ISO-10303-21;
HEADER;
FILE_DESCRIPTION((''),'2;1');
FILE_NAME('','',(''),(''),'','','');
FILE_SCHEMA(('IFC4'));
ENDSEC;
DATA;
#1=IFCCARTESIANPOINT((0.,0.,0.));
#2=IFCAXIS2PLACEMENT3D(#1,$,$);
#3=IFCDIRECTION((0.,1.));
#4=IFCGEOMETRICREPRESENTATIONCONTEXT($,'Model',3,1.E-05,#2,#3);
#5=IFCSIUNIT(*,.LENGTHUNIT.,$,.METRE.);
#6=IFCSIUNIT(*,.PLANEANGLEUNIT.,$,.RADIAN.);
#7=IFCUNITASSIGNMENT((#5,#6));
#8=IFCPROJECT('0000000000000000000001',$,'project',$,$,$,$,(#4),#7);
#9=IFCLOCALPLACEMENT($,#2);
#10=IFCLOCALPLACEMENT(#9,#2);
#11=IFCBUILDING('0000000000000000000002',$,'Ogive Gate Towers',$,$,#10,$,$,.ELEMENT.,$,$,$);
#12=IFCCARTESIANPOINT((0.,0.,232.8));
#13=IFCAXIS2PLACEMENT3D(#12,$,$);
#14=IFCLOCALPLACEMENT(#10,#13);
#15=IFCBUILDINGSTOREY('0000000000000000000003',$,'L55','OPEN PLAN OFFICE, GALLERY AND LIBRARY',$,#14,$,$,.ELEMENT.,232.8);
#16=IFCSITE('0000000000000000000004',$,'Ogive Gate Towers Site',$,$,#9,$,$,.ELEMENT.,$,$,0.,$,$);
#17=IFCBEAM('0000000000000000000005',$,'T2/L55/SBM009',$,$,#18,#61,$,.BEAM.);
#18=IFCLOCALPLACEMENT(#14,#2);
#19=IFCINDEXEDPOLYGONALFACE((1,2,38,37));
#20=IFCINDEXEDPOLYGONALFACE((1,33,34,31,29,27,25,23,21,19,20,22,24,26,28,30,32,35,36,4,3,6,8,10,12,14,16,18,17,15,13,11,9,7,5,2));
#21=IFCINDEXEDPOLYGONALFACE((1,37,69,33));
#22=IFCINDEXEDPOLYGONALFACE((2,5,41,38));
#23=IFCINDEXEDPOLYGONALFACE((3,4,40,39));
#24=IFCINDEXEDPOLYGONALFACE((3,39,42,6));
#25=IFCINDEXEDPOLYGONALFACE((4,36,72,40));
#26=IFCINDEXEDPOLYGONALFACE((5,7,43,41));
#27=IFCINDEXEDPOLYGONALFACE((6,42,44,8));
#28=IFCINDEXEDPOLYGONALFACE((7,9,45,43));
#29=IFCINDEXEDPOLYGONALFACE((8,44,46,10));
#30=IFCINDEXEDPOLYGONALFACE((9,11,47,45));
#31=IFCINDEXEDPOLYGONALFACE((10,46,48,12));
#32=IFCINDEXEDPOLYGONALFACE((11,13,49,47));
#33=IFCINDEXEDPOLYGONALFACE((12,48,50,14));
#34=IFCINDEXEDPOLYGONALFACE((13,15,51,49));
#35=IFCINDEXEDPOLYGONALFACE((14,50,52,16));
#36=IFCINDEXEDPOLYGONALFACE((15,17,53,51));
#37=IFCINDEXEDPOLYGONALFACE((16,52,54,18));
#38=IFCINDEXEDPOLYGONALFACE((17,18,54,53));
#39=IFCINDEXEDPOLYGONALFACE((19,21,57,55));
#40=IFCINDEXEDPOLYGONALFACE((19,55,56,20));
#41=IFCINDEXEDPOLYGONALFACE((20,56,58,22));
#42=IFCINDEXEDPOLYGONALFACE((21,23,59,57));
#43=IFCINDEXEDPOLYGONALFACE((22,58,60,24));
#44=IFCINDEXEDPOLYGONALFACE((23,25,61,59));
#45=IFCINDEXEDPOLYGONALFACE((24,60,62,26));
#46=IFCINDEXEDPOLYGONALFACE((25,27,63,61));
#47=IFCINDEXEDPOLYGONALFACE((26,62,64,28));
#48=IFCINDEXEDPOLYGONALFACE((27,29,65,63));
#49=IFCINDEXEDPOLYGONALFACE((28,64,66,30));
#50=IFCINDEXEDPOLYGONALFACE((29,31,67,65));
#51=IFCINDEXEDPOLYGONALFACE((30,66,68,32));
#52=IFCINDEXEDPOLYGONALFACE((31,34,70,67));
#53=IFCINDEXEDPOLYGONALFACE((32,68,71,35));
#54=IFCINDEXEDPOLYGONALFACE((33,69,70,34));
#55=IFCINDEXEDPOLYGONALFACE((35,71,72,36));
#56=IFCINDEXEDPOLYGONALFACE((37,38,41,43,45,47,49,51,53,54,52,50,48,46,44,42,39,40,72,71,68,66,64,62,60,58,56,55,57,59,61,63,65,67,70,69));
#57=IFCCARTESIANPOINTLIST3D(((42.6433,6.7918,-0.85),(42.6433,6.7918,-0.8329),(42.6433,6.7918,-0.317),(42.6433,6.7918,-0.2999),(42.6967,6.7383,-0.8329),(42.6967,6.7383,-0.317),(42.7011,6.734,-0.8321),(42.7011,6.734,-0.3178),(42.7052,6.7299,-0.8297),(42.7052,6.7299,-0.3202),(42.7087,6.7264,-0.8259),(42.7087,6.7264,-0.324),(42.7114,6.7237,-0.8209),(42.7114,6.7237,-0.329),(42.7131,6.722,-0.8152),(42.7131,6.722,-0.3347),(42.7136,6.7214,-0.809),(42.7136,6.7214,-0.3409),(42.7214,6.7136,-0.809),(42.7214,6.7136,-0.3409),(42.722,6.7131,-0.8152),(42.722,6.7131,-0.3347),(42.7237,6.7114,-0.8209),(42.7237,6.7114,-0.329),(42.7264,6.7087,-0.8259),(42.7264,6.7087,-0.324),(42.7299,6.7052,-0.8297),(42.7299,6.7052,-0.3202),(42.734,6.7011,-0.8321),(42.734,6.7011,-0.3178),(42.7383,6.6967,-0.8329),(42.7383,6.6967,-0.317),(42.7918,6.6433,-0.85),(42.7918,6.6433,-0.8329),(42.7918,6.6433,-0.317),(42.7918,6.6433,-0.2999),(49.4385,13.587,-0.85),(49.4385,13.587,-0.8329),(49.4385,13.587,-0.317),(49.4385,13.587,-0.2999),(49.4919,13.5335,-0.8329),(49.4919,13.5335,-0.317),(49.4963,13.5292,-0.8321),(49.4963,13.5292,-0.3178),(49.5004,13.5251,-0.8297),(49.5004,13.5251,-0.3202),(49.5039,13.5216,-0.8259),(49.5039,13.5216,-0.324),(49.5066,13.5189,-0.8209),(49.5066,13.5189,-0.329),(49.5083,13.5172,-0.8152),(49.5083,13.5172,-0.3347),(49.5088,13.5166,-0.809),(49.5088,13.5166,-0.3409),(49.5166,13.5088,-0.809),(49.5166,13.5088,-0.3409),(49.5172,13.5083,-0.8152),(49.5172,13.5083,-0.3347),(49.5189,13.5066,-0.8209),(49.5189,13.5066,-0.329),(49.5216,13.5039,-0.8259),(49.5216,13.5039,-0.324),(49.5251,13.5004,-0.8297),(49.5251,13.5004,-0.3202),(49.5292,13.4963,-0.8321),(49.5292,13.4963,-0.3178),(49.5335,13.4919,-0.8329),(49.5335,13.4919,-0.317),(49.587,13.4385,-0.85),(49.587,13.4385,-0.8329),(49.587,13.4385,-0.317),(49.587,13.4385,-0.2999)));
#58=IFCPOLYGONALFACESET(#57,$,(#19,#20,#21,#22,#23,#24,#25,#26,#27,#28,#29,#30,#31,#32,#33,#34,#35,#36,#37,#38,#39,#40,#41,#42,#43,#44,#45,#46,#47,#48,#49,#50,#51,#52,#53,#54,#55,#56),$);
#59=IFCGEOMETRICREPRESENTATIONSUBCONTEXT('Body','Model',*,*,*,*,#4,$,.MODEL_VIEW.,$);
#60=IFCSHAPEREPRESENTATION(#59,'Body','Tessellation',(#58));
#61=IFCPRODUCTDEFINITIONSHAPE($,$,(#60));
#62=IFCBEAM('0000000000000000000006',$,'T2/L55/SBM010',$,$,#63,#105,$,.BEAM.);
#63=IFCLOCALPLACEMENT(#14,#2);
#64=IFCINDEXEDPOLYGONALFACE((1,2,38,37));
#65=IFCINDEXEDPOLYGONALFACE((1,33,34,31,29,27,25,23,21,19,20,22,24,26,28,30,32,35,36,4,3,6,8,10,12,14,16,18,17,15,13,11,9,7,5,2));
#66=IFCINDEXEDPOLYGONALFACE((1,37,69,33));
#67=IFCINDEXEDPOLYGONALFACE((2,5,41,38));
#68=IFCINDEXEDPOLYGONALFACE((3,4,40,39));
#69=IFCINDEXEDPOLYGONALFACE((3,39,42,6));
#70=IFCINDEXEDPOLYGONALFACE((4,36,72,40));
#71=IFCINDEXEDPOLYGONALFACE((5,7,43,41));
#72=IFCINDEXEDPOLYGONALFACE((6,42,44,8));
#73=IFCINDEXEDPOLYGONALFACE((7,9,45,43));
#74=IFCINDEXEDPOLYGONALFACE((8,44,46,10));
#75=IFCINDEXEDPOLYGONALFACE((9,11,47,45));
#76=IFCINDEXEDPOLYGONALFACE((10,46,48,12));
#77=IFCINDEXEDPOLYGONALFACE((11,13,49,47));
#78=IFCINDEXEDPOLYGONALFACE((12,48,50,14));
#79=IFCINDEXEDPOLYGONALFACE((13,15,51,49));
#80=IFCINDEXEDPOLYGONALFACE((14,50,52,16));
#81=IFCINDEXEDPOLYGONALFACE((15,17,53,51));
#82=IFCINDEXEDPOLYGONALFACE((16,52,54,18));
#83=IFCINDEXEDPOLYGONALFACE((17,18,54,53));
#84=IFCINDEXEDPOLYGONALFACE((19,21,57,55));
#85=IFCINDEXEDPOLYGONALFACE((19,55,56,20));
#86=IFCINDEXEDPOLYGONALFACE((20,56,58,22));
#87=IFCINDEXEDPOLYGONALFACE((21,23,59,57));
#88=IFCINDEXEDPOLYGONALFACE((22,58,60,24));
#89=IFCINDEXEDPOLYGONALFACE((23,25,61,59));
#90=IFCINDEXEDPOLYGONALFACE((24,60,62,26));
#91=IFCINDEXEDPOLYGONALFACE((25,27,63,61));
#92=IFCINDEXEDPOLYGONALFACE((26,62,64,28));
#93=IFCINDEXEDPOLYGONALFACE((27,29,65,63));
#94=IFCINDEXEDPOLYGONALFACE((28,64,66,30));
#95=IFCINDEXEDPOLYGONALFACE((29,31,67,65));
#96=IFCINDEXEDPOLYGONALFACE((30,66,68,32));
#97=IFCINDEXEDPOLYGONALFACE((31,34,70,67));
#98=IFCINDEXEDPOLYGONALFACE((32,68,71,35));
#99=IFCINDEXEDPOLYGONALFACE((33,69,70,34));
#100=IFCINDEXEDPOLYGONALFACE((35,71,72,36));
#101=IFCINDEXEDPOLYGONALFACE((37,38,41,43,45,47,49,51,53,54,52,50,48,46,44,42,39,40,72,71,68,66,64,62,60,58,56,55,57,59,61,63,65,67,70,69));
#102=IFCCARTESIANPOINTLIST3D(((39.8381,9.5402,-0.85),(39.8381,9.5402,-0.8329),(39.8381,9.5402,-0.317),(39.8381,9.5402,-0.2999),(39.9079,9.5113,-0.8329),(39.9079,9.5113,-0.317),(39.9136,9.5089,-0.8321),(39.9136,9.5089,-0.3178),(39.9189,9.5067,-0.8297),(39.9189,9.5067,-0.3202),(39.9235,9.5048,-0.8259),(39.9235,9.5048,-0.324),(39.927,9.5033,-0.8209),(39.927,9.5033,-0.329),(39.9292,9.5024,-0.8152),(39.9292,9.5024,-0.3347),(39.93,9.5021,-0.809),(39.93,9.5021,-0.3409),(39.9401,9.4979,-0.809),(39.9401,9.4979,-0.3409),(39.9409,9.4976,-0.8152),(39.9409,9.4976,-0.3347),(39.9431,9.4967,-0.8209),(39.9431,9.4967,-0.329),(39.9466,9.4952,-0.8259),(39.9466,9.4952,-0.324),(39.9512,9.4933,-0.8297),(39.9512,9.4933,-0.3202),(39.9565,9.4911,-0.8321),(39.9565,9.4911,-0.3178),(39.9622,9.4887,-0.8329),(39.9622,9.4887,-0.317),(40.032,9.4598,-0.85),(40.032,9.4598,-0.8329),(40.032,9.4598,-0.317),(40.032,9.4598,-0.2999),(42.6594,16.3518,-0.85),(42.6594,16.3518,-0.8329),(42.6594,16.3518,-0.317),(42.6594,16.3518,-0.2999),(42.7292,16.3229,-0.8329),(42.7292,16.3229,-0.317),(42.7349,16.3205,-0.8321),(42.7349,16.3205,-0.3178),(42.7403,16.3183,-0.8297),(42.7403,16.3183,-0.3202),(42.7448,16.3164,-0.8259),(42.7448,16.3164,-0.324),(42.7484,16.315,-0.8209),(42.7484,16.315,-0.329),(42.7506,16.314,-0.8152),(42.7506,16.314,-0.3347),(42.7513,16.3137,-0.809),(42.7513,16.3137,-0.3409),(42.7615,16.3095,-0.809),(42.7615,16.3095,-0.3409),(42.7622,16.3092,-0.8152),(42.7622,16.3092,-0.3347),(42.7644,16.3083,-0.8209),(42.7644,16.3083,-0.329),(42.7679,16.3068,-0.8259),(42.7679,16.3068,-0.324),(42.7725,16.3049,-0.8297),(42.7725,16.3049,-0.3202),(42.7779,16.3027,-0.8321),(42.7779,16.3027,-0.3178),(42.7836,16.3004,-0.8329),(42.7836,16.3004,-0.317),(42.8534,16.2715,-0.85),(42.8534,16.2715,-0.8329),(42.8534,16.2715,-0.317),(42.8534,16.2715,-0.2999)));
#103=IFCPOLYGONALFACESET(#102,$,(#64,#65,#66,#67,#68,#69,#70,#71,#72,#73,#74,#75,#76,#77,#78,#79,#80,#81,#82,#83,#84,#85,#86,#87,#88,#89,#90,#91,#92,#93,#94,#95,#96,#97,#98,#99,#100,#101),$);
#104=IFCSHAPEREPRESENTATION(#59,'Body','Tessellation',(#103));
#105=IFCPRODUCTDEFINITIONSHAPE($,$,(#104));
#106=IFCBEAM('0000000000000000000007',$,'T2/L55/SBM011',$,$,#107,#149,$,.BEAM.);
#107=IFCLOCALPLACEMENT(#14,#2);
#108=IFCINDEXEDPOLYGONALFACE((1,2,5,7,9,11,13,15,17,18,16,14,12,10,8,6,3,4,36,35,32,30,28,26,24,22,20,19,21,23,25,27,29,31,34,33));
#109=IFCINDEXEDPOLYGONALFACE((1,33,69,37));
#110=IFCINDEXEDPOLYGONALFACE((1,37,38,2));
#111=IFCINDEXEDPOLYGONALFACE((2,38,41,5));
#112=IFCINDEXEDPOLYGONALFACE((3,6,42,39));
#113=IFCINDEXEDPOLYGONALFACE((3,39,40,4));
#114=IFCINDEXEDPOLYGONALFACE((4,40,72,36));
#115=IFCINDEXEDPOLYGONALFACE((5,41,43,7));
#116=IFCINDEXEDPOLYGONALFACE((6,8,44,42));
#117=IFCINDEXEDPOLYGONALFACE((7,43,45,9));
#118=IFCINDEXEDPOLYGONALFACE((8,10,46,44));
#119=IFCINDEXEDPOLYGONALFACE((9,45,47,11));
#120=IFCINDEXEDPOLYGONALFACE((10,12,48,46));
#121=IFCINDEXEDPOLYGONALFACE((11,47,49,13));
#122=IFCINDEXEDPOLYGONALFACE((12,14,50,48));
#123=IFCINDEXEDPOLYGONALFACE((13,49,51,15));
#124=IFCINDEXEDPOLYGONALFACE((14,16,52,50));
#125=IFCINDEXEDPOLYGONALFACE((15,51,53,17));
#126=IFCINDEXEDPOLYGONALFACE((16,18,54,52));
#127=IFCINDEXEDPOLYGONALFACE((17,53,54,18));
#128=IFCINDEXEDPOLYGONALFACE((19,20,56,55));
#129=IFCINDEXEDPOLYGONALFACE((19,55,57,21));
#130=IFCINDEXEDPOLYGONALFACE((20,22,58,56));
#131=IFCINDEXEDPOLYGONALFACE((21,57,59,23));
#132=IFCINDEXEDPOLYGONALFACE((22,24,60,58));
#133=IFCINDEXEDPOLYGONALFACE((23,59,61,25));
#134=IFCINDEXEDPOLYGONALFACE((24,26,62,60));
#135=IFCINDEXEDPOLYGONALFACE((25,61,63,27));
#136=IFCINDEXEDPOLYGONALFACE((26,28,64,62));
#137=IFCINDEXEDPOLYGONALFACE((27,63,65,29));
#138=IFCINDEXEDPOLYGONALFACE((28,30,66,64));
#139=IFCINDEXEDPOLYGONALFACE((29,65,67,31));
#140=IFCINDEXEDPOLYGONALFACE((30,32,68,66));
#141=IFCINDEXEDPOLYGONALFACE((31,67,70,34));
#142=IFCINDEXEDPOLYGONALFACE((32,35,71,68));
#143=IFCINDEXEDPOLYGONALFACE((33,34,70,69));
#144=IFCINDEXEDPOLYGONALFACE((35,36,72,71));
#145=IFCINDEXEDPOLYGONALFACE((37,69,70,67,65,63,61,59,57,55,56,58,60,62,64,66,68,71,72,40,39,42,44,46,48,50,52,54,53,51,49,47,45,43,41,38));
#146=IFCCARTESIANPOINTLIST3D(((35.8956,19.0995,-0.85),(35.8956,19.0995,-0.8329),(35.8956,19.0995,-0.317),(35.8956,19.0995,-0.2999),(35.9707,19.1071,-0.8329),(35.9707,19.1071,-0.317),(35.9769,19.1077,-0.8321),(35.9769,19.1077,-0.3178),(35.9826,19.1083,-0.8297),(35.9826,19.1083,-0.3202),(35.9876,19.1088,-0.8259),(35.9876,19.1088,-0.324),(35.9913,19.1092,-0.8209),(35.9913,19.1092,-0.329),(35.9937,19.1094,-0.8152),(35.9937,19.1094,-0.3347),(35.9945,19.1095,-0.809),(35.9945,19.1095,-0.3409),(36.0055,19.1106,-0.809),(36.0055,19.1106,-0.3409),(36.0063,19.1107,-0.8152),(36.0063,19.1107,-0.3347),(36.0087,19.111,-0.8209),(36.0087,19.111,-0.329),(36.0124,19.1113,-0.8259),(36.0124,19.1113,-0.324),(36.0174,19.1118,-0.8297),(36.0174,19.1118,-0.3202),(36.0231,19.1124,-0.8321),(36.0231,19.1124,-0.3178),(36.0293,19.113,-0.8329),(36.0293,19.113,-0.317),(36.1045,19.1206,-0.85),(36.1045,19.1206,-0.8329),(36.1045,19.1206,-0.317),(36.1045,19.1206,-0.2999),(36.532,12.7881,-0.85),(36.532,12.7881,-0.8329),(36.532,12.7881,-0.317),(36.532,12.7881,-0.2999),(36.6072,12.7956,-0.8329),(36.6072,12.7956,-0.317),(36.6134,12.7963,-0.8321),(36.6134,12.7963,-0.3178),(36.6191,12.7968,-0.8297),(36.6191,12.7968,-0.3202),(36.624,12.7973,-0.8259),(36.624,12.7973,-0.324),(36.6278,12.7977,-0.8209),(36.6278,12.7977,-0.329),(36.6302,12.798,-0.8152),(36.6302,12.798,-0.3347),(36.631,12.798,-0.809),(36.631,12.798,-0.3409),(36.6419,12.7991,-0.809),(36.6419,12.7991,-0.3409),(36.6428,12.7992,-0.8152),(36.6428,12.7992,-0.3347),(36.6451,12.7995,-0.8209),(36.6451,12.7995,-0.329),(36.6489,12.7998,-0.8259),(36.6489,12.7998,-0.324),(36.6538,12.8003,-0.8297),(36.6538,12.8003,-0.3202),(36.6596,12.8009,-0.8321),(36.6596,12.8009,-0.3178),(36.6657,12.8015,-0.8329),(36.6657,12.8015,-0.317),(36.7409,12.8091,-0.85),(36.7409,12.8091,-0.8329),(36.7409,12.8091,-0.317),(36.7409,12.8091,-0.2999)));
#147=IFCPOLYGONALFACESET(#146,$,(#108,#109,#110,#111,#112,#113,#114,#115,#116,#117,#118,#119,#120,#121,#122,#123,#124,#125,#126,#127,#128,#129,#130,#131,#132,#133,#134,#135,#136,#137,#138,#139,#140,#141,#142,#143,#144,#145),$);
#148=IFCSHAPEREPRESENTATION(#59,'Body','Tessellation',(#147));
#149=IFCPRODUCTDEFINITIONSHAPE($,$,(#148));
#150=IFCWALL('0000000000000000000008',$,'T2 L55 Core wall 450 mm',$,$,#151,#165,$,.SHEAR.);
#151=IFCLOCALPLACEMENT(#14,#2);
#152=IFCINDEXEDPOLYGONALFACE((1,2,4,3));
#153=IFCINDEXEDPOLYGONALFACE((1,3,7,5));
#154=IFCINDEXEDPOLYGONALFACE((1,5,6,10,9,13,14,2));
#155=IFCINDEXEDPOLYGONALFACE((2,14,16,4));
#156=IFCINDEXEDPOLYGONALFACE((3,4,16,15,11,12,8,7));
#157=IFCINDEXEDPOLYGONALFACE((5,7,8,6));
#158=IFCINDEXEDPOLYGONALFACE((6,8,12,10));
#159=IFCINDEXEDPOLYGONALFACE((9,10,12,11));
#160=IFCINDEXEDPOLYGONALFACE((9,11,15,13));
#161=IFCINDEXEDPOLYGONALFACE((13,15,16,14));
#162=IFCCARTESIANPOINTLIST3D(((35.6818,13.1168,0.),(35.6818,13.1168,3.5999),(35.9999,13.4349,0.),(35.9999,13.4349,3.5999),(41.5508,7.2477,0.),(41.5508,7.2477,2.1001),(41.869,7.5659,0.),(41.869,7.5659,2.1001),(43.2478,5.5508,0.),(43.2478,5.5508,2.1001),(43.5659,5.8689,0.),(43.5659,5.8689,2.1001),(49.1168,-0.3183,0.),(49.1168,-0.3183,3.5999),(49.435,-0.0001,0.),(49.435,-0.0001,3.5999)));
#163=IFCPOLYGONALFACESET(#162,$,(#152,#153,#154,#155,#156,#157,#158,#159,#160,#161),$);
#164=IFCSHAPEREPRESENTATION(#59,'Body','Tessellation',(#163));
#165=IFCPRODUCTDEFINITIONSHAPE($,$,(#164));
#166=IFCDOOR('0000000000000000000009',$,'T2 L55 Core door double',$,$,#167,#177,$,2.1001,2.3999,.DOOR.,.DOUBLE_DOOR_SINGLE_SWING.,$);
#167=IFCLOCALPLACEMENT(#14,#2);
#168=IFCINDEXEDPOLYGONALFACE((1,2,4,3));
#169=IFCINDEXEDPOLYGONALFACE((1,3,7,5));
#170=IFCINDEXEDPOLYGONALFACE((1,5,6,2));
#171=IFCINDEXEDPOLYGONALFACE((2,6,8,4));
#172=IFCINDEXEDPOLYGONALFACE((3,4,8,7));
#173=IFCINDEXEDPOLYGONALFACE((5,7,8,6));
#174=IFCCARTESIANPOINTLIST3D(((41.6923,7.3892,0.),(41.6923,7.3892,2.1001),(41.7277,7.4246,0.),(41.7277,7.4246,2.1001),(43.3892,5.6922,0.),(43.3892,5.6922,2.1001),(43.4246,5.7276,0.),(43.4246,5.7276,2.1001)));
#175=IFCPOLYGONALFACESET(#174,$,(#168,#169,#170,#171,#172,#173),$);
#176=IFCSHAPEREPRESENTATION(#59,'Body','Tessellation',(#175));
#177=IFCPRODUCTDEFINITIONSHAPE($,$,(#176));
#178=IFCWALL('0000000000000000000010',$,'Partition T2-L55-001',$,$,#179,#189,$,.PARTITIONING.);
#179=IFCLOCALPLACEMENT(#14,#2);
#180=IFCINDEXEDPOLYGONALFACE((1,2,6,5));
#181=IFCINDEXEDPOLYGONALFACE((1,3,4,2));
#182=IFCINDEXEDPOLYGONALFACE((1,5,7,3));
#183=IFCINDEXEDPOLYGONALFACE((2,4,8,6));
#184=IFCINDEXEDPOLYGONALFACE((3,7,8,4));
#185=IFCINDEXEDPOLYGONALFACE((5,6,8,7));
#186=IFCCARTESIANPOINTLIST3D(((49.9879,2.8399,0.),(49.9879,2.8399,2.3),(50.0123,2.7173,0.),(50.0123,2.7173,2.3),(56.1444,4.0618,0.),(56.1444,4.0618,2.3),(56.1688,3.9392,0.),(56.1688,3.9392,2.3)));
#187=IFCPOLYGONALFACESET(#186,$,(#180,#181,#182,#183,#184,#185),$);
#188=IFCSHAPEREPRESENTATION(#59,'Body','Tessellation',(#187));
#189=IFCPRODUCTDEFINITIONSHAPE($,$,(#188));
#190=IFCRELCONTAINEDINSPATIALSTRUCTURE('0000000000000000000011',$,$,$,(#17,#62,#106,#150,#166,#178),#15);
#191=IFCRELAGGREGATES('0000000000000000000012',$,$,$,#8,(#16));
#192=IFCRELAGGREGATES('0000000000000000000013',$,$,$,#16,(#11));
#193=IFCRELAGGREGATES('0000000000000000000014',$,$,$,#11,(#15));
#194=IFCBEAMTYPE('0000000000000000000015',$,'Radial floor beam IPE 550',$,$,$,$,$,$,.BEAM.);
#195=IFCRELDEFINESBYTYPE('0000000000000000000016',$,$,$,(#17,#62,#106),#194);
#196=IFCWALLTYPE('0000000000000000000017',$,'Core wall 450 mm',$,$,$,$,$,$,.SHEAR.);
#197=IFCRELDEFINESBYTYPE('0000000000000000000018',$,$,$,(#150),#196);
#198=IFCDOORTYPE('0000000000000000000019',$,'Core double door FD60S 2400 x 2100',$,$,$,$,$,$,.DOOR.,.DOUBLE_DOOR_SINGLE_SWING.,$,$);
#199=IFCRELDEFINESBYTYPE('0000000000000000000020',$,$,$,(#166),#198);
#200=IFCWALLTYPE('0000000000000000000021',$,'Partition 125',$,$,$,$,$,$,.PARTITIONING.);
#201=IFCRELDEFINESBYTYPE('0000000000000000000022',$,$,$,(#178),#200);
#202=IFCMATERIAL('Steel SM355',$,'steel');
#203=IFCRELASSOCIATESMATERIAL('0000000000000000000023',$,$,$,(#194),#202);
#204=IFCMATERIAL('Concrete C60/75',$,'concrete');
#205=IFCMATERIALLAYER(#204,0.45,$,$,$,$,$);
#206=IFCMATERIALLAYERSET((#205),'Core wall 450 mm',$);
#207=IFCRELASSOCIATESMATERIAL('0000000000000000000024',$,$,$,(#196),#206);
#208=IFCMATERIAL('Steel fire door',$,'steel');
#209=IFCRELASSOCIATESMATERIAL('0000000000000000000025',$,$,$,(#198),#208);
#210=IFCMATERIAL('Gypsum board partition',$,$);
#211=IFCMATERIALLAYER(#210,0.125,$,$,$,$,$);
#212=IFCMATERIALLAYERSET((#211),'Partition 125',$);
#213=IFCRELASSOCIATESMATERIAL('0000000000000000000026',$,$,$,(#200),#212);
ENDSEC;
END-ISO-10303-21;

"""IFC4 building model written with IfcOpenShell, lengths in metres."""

from ifc_helpers import new_model, si_unit, direction, frame, frame_2d, origin, origin_2d, place, context, subcontext, project, spatial, rectangle, i_section, extrude, material, layer, layer_set, material_profile, profile_set, type_object, element, fill, save


model = new_model("IFC4")

# Units and contexts
model_context = context("Model", 3, precision=1e-05, world=origin(), true_north=direction((0.0, 1.0)))
body_context = subcontext(model_context, "Body", "Model", "MODEL_VIEW")
ifc_project = project(units=[si_unit("LENGTHUNIT", "METRE"), si_unit("PLANEANGLEUNIT", "RADIAN")], contexts=[model_context])

# Site, building, storey
site_placement = place(None, origin())
site = spatial("IfcSite", under=ifc_project, at=site_placement, Name="Ogive Gate Towers Site", CompositionType="ELEMENT", RefElevation=0.0)
building_placement = place(site_placement, origin())
building = spatial("IfcBuilding", under=site, at=building_placement, Name="Ogive Gate Towers", CompositionType="ELEMENT")
storey_placement = place(building_placement, frame((0.0, 0.0, 232.8)))
storey = spatial("IfcBuildingStorey", under=building, at=storey_placement, Name="L55", Description="OPEN PLAN OFFICE, GALLERY AND LIBRARY", CompositionType="ELEMENT", Elevation=232.8)

# Beams
ifc_material_1 = material(Name="Steel SM355", Category="steel")
ifc_material_profile_1 = material_profile(ifc_material_1, i_section(OverallWidth=0.21, OverallDepth=0.55, WebThickness=0.011, FlangeThickness=0.0171, FilletRadius=0.0239, at=origin_2d()), Name="IPE 550")
ifc_profile_set_1 = profile_set([ifc_material_profile_1], Name="Steel SM355")
beam_type_1 = type_object("IfcBeamType", Name="Radial floor beam IPE 550", PredefinedType="BEAM", material=ifc_profile_set_1)
beam_1_placement = place(storey_placement, frame((42.7175, 6.7175, -0.575), z_axis=(0.707107, 0.707107, 0.0), x_axis=(-0.707107, 0.707107, 0.0)))
element("IfcBeam", 1, at=beam_1_placement, inside=storey, type_object=beam_type_1, Name="T2/L55/SBM009", PredefinedType="BEAM", context=body_context, shape_type="SweptSolid", body=[
    extrude(i_section(OverallWidth=0.21, OverallDepth=0.55, WebThickness=0.011, FlangeThickness=0.0171, FilletRadius=0.0239, at=origin_2d()), origin(), (0.0, 0.0, 1.0), 9.6099),
])
beam_2_placement = place(storey_placement, frame((39.9351, 9.5, -0.575), z_axis=(0.382668, 0.923886, 0.0), x_axis=(-0.923886, 0.382668, 0.0)))
element("IfcBeam", 2, at=beam_2_placement, inside=storey, type_object=beam_type_1, Name="T2/L55/SBM010", PredefinedType="BEAM", context=body_context, shape_type="SweptSolid", body=[
    extrude(i_section(OverallWidth=0.21, OverallDepth=0.55, WebThickness=0.011, FlangeThickness=0.0171, FilletRadius=0.0239, at=origin_2d()), origin(), (0.0, 0.0, 1.0), 7.3728),
])
beam_3_placement = place(storey_placement, frame((36.6365, 12.7986, -0.575), z_axis=(-0.100334, 0.994954, 0.0), x_axis=(-0.994954, -0.100334, 0.0)))
element("IfcBeam", 3, at=beam_3_placement, inside=storey, type_object=beam_type_1, Name="T2/L55/SBM011", PredefinedType="BEAM", context=body_context, shape_type="SweptSolid", body=[
    extrude(i_section(OverallWidth=0.21, OverallDepth=0.55, WebThickness=0.011, FlangeThickness=0.0171, FilletRadius=0.0239, at=origin_2d()), origin(), (0.0, 0.0, 1.0), 6.3435),
])

# Wall, opening, door
ifc_material_2 = material(Name="Concrete C60/75", Category="concrete")
ifc_layer_1 = layer(ifc_material_2, 0.45)
ifc_layer_set_1 = layer_set([ifc_layer_1], Name="Core wall 450 mm")
wall_type_1 = type_object("IfcWallType", Name="Core wall 450 mm", PredefinedType="SHEAR", material=ifc_layer_set_1)
wall_1_placement = place(storey_placement, frame((49.2759, -0.1592, 0.0), z_axis=(0.0, 0.0, 1.0), x_axis=(-0.707107, 0.707107, 0.0)))
wall_1 = element("IfcWall", 4, at=wall_1_placement, inside=storey, type_object=wall_type_1, Name="T2 L55 Core wall 450 mm", PredefinedType="SHEAR", context=body_context, shape_type="SweptSolid", body=[
    extrude(rectangle(XDim=19.0, YDim=0.45, at=frame_2d((9.5, 0.0))), origin(), (0.0, 0.0, 1.0), 3.5999),
])
opening_1_placement = place(wall_1_placement, frame((8.3, 0.0, 0.0)))
opening_1 = element("IfcOpeningElement", 5, at=opening_1_placement, cuts=wall_1, PredefinedType="OPENING", context=body_context, shape_type="SweptSolid", body=[
    extrude(rectangle(XDim=2.3999, YDim=2.1001, at=frame_2d((1.2, 1.05))), frame((0.0, 0.2349, 0.0), z_axis=(0.0, -1.0, 0.0), x_axis=(1.0, 0.0, 0.0)), (0.0, 0.0, 1.0), 0.47),
])
ifc_material_3 = material(Name="Steel fire door", Category="steel")
door_type_1 = type_object("IfcDoorType", Name="Core double door FD60S 2400 x 2100", OperationType="DOUBLE_DOOR_SINGLE_SWING", PredefinedType="DOOR", material=ifc_material_3)
door_1_placement = place(opening_1_placement, origin())
door_1 = element("IfcDoor", 6, at=door_1_placement, inside=storey, type_object=door_type_1, Name="T2 L55 Core door double", OperationType="DOUBLE_DOOR_SINGLE_SWING", OverallHeight=2.1001, OverallWidth=2.3999, PredefinedType="DOOR", context=body_context, shape_type="SweptSolid", body=[
    extrude(rectangle(XDim=2.3999, YDim=2.1001, at=frame_2d((1.2, 1.05))), frame((0.0, 0.0249, 0.0), z_axis=(0.0, -1.0, 0.0), x_axis=(1.0, 0.0, 0.0)), (0.0, 0.0, 1.0), 0.05),
])
fill(opening_1, door_1)

# Wall
ifc_material_4 = material(Name="Gypsum board partition")
ifc_layer_2 = layer(ifc_material_4, 0.125)
ifc_layer_set_2 = layer_set([ifc_layer_2], Name="Partition 125")
wall_type_2 = type_object("IfcWallType", Name="Partition 125", PredefinedType="PARTITIONING", material=ifc_layer_set_2)
wall_2_placement = place(storey_placement, frame((56.1565, 4.0005, 0.0), z_axis=(0.0, 0.0, 1.0), x_axis=(-0.980867, -0.19468, 0.0)))
element("IfcWall", 7, at=wall_2_placement, inside=storey, type_object=wall_type_2, Name="Partition T2-L55-001", PredefinedType="PARTITIONING", context=body_context, shape_type="SweptSolid", body=[
    extrude(rectangle(XDim=6.2766, YDim=0.125, at=frame_2d((3.1382, 0.0))), origin(), (0.0, 0.0, 1.0), 2.3),
])

save(model, "model.ifc")
